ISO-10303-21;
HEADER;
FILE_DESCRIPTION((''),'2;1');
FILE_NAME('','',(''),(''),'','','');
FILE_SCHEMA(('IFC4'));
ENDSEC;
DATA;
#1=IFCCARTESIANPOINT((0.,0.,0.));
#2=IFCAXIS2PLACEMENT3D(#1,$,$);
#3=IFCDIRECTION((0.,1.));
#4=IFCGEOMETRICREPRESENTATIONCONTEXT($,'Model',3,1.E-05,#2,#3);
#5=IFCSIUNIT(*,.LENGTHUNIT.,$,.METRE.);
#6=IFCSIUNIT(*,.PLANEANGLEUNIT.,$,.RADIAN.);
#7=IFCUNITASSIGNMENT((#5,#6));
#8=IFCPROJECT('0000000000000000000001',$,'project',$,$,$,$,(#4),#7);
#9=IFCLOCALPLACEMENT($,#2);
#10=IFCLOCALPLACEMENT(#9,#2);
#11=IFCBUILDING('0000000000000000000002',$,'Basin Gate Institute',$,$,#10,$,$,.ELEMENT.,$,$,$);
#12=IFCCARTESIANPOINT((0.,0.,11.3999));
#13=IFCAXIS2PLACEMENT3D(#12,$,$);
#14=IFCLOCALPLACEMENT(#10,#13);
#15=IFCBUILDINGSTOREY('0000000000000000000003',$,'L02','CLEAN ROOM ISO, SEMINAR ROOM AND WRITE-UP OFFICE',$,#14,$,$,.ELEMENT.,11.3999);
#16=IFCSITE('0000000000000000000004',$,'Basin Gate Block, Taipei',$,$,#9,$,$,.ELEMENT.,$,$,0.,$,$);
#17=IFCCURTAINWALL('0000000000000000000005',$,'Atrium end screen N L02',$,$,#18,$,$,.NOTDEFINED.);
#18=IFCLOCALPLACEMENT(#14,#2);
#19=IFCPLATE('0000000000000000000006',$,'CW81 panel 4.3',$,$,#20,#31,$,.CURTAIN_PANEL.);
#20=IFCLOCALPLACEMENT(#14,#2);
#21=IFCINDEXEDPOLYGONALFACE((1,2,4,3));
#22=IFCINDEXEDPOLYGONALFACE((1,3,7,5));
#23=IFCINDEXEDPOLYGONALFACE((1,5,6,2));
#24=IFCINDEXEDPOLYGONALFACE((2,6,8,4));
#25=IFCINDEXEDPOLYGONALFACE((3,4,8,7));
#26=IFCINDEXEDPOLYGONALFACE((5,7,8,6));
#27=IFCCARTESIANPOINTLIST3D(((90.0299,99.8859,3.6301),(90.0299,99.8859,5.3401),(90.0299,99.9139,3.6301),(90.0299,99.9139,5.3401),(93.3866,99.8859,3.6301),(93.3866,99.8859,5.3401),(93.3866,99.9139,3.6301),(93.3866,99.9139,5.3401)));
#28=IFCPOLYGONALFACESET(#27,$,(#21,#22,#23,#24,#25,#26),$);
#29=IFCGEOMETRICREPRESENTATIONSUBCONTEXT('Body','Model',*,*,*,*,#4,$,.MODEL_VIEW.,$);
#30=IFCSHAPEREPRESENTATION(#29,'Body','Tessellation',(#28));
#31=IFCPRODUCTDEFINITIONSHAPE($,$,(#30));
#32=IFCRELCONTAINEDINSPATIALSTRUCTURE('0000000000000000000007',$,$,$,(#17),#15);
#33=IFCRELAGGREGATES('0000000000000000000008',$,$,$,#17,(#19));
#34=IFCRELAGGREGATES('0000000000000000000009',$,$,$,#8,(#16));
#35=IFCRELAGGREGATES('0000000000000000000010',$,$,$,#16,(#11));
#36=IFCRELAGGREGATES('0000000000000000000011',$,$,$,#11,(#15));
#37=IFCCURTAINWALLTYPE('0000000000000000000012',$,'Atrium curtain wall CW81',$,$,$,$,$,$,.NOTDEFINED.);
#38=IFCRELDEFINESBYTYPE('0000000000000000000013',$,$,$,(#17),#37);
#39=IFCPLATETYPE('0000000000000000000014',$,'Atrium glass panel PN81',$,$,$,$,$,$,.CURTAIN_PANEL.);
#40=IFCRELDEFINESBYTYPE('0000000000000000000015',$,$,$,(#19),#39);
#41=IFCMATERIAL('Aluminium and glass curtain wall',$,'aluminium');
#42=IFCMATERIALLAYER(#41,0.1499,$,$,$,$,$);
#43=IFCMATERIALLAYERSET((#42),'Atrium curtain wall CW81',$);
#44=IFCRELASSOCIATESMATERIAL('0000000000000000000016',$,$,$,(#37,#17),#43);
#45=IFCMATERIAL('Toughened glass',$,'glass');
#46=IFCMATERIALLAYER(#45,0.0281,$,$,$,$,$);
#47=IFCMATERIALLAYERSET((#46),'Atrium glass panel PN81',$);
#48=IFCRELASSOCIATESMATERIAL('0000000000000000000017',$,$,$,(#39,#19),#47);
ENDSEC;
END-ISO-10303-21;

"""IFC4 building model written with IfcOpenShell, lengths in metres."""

from ifc_helpers import new_model, si_unit, direction, frame, origin, origin_2d, place, context, subcontext, project, spatial, rectangle, extrude, material, layer, layer_set, type_object, element, aggregate, save


model = new_model("IFC4")

# Units and contexts
model_context = context("Model", 3, precision=1e-05, world=origin(), true_north=direction((0.0, 1.0)))
body_context = subcontext(model_context, "Body", "Model", "MODEL_VIEW")
ifc_project = project(units=[si_unit("LENGTHUNIT", "METRE"), si_unit("PLANEANGLEUNIT", "RADIAN")], contexts=[model_context])

# Site, building, storey
site_placement = place(None, origin())
site = spatial("IfcSite", under=ifc_project, at=site_placement, Name="Basin Gate Block, Taipei", CompositionType="ELEMENT", RefElevation=0.0)
building_placement = place(site_placement, origin())
building = spatial("IfcBuilding", under=site, at=building_placement, Name="Basin Gate Institute", CompositionType="ELEMENT")
storey_placement = place(building_placement, frame((0.0, 0.0, 11.3999)))
storey = spatial("IfcBuildingStorey", under=building, at=storey_placement, Name="L02", Description="CLEAN ROOM ISO, SEMINAR ROOM AND WRITE-UP OFFICE", CompositionType="ELEMENT", Elevation=11.3999)

# Curtain wall, plate
ifc_material_1 = material(Name="Aluminium and glass curtain wall", Category="aluminium")
ifc_layer_1 = layer(ifc_material_1, 0.1499)
ifc_layer_set_1 = layer_set([ifc_layer_1], Name="Atrium curtain wall CW81")
curtain_wall_type = type_object("IfcCurtainWallType", Name="Atrium curtain wall CW81", PredefinedType="NOTDEFINED", material=ifc_layer_set_1)
curtain_wall_placement = place(storey_placement, origin())
curtain_wall = element("IfcCurtainWall", 1, at=curtain_wall_placement, inside=storey, type_object=curtain_wall_type, material=ifc_layer_set_1, Name="Atrium end screen N L02", PredefinedType="NOTDEFINED")
ifc_material_2 = material(Name="Toughened glass", Category="glass")
ifc_layer_2 = layer(ifc_material_2, 0.0281)
ifc_layer_set_2 = layer_set([ifc_layer_2], Name="Atrium glass panel PN81")
plate_type = type_object("IfcPlateType", Name="Atrium glass panel PN81", PredefinedType="CURTAIN_PANEL", material=ifc_layer_set_2)
plate_1_placement = place(storey_placement, frame((91.7083, 99.8999, 3.6301), z_axis=(0.0, 0.0, 1.0), x_axis=(1.0, 0.0, 0.0)))
plate_1 = element("IfcPlate", 2, at=plate_1_placement, type_object=plate_type, material=ifc_layer_set_2, Name="CW81 panel 4.3", PredefinedType="CURTAIN_PANEL", context=body_context, shape_type="SweptSolid", body=[
    extrude(rectangle(XDim=3.3567, YDim=0.0281, at=origin_2d()), origin(), (0.0, 0.0, 1.0), 1.71),
])
aggregate(curtain_wall, [plate_1])

save(model, "model.ifc")
